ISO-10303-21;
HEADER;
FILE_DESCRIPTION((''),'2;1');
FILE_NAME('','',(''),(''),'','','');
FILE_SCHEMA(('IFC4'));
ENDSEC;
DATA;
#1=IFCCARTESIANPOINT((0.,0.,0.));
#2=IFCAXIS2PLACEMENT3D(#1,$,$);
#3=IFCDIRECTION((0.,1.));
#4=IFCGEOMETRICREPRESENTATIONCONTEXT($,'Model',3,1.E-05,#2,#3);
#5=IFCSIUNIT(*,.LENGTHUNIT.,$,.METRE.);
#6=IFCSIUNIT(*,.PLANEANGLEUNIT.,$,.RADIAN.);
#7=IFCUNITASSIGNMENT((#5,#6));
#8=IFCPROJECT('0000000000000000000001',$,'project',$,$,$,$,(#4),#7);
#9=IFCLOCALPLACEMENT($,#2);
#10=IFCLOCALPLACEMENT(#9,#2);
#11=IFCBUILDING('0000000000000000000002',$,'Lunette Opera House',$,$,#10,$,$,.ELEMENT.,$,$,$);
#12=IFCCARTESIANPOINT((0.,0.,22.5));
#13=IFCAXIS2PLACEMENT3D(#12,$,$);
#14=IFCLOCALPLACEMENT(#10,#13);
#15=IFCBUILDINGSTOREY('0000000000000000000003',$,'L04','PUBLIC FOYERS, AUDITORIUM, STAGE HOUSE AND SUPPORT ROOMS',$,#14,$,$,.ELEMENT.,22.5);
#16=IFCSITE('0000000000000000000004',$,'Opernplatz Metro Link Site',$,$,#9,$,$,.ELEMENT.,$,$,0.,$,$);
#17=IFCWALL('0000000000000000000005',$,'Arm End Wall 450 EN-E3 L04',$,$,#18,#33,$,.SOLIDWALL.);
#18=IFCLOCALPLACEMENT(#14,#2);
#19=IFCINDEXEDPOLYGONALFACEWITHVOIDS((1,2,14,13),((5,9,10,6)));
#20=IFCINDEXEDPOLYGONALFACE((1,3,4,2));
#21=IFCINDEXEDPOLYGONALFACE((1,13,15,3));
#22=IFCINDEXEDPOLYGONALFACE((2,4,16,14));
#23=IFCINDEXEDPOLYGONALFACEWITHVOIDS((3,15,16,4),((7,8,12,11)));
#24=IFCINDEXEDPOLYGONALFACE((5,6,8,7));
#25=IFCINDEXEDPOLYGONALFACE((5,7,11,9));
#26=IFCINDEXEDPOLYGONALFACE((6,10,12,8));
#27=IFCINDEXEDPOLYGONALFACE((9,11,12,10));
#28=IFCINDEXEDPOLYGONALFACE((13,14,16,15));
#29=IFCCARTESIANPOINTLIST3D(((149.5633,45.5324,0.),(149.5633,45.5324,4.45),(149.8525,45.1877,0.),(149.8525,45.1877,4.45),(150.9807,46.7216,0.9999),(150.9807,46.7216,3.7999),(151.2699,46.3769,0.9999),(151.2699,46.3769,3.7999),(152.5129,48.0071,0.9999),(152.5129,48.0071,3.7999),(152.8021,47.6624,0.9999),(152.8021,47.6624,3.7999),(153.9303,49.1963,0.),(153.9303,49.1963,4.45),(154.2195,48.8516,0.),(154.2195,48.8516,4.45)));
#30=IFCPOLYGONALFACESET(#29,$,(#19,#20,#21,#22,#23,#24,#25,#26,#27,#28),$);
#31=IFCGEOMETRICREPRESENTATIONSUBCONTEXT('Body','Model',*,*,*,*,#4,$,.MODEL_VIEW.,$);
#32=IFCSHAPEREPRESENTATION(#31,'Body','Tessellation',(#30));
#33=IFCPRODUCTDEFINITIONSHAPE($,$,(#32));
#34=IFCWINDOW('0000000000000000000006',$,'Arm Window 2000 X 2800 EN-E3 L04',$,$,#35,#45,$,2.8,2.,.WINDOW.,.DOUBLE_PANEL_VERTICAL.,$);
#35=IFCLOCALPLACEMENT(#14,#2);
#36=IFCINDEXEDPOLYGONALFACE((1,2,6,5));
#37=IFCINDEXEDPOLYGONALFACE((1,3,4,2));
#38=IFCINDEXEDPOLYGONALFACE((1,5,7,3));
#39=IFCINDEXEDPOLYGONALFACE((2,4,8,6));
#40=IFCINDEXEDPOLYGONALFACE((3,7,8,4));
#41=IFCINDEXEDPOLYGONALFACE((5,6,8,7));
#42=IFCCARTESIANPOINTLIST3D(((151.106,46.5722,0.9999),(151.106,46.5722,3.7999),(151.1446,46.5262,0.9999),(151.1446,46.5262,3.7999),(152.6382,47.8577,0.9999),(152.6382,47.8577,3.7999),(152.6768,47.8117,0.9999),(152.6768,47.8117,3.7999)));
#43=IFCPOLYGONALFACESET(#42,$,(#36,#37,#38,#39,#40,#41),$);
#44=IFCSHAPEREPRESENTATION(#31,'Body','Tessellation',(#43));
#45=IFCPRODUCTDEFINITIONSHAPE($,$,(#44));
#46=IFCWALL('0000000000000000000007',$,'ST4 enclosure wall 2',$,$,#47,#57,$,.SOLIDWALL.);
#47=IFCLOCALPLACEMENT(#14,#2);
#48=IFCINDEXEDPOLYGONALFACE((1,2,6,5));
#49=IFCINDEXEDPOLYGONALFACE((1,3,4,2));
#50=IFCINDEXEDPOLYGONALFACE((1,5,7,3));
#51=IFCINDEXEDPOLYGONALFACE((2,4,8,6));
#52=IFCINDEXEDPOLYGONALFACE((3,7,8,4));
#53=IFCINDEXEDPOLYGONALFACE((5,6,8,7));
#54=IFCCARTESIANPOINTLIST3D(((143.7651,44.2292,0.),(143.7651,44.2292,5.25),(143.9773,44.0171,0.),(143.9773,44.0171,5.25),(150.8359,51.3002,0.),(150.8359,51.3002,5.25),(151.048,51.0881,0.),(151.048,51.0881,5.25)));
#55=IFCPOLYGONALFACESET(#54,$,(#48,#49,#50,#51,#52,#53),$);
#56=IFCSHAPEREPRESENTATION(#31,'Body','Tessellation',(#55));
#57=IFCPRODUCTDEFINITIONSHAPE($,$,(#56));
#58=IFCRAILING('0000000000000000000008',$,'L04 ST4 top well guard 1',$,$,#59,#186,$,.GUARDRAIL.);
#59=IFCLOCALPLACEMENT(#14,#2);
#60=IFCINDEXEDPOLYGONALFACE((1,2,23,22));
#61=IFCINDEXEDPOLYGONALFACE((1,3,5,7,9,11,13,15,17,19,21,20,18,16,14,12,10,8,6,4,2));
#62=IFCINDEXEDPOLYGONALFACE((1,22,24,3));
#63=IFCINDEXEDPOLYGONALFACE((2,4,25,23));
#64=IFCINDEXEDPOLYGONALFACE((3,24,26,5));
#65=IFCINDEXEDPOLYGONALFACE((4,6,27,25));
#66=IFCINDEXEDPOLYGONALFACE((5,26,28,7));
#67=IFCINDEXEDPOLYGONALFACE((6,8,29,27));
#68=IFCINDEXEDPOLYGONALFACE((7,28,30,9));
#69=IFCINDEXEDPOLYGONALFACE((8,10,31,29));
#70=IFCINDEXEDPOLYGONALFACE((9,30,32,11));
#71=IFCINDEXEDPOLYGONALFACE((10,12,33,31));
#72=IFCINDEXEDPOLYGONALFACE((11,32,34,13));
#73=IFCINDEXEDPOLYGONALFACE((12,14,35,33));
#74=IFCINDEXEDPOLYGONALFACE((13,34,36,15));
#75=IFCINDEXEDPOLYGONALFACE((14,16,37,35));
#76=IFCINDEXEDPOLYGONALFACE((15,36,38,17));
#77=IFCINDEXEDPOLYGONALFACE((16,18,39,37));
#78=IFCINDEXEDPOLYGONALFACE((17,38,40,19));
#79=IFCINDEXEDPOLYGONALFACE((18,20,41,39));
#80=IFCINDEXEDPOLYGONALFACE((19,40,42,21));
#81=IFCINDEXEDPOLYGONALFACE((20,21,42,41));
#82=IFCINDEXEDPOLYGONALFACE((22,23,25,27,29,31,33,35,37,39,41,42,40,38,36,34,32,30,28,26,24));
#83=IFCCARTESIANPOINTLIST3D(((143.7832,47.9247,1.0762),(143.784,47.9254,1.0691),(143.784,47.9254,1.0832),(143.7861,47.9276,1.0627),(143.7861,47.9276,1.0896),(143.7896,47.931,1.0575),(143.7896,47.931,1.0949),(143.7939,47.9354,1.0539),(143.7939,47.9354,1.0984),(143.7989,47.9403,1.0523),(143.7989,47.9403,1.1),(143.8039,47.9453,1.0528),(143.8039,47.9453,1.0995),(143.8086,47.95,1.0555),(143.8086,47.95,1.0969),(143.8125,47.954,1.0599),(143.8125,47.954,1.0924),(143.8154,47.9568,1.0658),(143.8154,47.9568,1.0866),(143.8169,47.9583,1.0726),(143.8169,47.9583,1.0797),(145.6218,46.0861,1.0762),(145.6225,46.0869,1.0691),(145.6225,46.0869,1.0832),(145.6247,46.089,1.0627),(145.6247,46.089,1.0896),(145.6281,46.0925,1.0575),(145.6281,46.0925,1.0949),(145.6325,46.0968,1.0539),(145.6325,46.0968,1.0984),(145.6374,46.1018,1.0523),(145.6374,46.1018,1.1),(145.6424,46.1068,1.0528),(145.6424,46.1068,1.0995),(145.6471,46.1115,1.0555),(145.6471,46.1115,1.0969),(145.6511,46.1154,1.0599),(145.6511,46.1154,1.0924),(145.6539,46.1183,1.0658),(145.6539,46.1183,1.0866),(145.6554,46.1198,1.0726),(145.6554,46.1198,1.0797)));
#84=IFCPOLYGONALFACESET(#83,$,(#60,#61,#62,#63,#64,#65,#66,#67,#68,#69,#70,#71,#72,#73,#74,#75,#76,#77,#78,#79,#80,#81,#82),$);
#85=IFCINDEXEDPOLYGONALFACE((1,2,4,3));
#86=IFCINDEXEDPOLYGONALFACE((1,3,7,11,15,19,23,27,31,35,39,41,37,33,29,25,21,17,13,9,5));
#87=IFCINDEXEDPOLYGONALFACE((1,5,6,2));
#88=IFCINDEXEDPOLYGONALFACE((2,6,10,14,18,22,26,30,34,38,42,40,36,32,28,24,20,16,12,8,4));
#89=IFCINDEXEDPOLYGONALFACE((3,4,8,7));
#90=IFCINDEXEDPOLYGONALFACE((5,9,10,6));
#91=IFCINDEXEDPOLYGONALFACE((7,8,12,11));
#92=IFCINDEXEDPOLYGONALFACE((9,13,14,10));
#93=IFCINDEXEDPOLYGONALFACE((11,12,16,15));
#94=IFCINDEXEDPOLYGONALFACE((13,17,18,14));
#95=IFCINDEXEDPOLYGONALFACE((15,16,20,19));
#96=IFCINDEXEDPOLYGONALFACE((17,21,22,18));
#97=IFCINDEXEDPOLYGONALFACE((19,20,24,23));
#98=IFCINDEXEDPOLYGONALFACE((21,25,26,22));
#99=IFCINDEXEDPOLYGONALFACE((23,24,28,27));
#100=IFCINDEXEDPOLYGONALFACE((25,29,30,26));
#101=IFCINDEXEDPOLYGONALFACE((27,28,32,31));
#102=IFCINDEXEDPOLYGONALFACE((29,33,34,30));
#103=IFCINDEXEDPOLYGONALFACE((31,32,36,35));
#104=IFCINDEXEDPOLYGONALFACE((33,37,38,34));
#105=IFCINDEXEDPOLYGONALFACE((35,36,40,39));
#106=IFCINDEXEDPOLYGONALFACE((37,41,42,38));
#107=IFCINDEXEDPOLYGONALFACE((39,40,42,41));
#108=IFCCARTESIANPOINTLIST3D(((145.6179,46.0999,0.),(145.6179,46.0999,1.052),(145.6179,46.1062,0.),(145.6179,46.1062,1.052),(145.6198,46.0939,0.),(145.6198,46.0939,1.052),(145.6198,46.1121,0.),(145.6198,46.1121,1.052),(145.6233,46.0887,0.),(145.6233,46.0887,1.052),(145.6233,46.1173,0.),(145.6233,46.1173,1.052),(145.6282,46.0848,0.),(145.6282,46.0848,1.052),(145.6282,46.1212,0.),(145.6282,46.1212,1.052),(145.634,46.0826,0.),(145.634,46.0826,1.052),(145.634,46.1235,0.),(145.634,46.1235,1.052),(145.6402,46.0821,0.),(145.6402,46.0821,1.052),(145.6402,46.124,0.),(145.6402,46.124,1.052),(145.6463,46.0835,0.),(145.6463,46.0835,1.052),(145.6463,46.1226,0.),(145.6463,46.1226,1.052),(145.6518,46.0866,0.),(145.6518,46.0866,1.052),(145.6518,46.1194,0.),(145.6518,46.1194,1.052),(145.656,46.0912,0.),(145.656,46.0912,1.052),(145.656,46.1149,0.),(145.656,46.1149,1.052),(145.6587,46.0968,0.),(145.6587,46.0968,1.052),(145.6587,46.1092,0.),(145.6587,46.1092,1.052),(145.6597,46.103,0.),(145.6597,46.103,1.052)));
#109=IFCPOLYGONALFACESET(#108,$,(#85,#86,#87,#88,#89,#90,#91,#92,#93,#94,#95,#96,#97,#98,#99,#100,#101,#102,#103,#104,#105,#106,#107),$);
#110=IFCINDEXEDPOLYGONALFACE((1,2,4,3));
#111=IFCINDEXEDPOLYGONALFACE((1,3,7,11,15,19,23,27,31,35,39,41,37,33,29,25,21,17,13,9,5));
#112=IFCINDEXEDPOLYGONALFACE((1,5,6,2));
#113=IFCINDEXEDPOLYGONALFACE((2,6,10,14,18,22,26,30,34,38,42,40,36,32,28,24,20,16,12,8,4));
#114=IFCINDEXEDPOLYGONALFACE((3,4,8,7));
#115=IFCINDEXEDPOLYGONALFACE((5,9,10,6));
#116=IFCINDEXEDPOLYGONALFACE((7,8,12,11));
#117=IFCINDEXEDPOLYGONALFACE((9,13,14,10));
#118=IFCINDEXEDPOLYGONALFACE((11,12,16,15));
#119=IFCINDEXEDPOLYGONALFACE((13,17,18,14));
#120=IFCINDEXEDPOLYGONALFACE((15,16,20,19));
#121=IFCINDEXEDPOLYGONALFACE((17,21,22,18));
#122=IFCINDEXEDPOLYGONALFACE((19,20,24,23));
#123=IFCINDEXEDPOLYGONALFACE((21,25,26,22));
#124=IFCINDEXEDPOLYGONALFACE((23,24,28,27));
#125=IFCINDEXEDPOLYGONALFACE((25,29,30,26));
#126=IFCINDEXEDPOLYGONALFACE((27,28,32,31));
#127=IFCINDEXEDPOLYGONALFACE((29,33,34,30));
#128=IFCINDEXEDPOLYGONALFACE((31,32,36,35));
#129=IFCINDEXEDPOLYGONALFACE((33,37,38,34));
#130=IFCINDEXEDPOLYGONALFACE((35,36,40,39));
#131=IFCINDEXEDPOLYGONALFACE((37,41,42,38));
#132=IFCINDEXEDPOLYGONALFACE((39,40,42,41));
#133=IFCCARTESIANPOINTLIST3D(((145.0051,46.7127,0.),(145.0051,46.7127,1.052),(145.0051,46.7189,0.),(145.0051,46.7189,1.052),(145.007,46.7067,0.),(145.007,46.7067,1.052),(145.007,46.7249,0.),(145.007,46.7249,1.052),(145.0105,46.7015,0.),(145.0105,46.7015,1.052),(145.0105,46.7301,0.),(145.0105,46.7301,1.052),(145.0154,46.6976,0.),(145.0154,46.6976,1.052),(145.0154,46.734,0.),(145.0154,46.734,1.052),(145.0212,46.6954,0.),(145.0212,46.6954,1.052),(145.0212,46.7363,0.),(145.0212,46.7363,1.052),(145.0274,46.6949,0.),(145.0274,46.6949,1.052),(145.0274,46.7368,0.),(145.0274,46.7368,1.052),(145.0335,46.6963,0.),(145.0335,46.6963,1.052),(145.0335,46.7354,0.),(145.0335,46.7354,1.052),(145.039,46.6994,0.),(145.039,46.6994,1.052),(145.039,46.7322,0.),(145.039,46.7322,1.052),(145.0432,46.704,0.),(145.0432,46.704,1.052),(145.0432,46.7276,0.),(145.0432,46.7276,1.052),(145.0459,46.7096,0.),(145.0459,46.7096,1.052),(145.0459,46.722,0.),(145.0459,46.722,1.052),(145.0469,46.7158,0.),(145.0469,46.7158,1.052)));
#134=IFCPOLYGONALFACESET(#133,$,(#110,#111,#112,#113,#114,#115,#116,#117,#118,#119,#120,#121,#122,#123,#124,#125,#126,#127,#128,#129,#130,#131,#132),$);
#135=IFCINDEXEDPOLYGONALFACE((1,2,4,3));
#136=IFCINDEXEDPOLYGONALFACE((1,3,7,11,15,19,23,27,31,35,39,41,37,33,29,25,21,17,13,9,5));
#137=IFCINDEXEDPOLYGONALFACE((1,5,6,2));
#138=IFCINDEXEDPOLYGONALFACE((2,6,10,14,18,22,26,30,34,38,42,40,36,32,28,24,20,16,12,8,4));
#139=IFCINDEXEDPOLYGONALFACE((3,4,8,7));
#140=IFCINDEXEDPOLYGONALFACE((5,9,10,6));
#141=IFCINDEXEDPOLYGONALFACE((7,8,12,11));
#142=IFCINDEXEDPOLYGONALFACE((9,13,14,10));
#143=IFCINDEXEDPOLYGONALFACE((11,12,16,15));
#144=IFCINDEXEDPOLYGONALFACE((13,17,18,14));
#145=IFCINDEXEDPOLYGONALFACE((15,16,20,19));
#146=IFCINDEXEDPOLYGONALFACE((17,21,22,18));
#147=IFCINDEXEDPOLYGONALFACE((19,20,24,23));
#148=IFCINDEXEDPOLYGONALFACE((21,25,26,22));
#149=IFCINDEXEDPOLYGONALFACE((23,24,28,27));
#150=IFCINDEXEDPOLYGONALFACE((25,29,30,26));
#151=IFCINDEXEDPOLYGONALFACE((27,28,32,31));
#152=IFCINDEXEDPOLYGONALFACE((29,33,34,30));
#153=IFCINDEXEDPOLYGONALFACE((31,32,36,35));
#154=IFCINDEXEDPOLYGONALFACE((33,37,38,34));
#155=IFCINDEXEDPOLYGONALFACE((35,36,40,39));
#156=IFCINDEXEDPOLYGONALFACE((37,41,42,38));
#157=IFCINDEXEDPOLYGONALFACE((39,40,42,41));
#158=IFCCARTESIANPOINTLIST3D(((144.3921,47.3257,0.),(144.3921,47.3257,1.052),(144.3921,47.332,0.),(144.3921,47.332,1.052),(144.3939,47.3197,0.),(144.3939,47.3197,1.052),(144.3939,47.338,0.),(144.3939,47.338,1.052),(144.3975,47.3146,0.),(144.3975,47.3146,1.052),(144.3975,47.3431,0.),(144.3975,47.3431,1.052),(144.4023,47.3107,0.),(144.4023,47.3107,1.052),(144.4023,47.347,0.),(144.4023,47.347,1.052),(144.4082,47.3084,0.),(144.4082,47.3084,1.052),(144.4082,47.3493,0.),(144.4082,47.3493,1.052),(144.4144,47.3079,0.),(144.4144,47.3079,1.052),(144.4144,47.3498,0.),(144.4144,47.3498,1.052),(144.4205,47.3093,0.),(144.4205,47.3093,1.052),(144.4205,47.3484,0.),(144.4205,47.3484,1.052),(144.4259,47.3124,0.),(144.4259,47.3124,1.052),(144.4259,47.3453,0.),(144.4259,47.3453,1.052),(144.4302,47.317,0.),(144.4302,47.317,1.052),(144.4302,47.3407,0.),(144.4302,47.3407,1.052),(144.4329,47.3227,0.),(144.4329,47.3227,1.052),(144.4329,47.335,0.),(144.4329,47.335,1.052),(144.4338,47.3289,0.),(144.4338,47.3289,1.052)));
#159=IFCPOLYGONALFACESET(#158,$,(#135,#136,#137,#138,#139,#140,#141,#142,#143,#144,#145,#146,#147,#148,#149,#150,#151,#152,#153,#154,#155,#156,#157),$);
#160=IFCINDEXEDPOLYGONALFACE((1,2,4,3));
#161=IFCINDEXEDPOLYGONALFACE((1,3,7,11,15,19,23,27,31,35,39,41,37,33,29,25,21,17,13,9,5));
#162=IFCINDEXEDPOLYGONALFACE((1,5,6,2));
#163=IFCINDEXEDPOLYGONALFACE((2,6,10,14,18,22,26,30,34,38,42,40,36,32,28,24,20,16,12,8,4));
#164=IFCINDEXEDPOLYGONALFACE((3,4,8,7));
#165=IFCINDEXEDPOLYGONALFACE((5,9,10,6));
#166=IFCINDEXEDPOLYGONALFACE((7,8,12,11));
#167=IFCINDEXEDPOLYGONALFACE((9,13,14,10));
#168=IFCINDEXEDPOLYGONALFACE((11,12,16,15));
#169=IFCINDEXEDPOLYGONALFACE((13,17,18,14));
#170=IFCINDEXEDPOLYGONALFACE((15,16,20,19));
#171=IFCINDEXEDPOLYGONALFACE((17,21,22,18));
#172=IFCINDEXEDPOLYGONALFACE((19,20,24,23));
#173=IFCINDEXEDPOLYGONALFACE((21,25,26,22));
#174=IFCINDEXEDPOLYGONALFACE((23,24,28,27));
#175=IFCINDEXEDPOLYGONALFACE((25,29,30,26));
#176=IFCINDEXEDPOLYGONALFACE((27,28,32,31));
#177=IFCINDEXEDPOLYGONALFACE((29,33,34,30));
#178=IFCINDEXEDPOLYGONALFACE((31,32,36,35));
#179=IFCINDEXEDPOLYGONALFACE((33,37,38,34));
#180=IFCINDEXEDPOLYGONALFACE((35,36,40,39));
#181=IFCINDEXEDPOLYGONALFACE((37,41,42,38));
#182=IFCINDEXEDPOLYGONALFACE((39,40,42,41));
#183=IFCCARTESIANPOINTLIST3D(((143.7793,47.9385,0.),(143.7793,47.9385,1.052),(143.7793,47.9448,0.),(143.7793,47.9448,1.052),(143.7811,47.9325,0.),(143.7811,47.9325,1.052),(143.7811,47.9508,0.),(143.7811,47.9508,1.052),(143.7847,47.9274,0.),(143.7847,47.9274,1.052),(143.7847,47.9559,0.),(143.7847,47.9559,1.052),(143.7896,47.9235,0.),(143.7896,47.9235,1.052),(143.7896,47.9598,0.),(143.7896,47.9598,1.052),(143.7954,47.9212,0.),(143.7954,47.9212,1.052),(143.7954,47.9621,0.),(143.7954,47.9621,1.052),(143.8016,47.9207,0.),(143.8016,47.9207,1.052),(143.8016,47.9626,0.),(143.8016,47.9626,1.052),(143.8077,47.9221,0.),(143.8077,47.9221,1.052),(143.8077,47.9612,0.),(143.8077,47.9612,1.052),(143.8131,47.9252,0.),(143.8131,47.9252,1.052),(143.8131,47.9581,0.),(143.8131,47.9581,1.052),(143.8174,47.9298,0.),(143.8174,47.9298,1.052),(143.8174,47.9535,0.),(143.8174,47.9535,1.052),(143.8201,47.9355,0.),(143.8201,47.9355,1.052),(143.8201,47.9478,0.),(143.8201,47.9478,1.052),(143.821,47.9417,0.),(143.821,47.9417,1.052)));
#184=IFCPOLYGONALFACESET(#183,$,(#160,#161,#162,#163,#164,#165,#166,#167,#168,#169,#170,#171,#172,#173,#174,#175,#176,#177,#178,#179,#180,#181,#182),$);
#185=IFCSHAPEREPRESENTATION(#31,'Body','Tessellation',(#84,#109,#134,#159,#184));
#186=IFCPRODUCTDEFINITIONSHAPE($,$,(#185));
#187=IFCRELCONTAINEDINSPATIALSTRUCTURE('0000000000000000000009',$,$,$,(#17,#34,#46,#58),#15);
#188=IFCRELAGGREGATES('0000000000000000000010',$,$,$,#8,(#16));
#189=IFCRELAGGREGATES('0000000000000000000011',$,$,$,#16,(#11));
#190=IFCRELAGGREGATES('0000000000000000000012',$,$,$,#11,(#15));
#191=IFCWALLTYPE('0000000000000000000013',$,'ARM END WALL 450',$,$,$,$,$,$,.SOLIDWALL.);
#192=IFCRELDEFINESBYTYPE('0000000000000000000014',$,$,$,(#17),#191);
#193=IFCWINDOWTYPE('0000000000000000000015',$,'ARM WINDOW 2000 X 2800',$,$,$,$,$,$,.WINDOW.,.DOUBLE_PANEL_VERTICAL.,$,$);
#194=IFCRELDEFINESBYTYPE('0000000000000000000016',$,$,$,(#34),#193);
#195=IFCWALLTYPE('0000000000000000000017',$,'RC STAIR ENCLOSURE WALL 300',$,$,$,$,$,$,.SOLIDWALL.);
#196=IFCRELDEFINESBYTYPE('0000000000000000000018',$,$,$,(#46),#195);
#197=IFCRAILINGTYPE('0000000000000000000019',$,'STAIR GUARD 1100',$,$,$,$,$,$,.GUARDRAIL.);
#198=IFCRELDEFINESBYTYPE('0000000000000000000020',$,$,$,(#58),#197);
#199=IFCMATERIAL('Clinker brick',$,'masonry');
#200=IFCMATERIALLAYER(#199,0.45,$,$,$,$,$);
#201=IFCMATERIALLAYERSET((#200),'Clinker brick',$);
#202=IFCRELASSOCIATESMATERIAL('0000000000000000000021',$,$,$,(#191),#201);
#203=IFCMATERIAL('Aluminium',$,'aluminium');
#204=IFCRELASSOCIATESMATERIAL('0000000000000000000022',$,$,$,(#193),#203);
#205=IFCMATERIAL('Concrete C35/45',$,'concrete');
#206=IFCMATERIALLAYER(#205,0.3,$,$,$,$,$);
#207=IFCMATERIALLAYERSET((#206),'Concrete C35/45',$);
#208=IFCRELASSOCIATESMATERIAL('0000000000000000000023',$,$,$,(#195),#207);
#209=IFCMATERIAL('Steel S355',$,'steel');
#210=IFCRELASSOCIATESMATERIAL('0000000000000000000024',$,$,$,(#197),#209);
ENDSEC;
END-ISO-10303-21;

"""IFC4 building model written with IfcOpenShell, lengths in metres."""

from ifc_helpers import new_model, si_unit, direction, frame, frame_2d, origin, origin_2d, place, context, subcontext, project, spatial, rectangle, circle, extrude, material, layer, layer_set, type_object, element, fill, save


model = new_model("IFC4")

# Units and contexts
model_context = context("Model", 3, precision=1e-05, world=origin(), true_north=direction((0.0, 1.0)))
body_context = subcontext(model_context, "Body", "Model", "MODEL_VIEW")
ifc_project = project(units=[si_unit("LENGTHUNIT", "METRE"), si_unit("PLANEANGLEUNIT", "RADIAN")], contexts=[model_context])

# Site, building, storey
site_placement = place(None, origin())
site = spatial("IfcSite", under=ifc_project, at=site_placement, Name="Opernplatz Metro Link Site", CompositionType="ELEMENT", RefElevation=0.0)
building_placement = place(site_placement, origin())
building = spatial("IfcBuilding", under=site, at=building_placement, Name="Lunette Opera House", CompositionType="ELEMENT")
storey_placement = place(building_placement, frame((0.0, 0.0, 22.5)))
storey = spatial("IfcBuildingStorey", under=building, at=storey_placement, Name="L04", Description="PUBLIC FOYERS, AUDITORIUM, STAGE HOUSE AND SUPPORT ROOMS", CompositionType="ELEMENT", Elevation=22.5)

# Wall, opening, window
ifc_material_1 = material(Name="Clinker brick", Category="masonry")
ifc_layer_1 = layer(ifc_material_1, 0.45)
ifc_layer_set_1 = layer_set([ifc_layer_1], Name="Clinker brick")
wall_type_1 = type_object("IfcWallType", Name="ARM END WALL 450", PredefinedType="SOLIDWALL", material=ifc_layer_set_1)
ifc_material_2 = material(Name="Aluminium", Category="aluminium")
window_type = type_object("IfcWindowType", Name="ARM WINDOW 2000 X 2800", PartitioningType="DOUBLE_PANEL_VERTICAL", PredefinedType="WINDOW", material=ifc_material_2)
wall_1_placement = place(storey_placement, frame((149.708, 45.3601, 0.0), z_axis=(0.0, 0.0, 1.0), x_axis=(0.766086, 0.642738, 0.0)))
wall_1 = element("IfcWall", 1, at=wall_1_placement, inside=storey, type_object=wall_type_1, Name="Arm End Wall 450 EN-E3 L04", PredefinedType="SOLIDWALL", context=body_context, shape_type="SweptSolid", body=[
    extrude(rectangle(XDim=5.7004, YDim=0.45, at=frame_2d((2.8501, 0.0))), origin(), (0.0, 0.0, 1.0), 4.45),
])
opening_1_placement = place(wall_1_placement, frame((1.8501, 0.0, 1.0)))
opening_1 = element("IfcOpeningElement", 2, at=opening_1_placement, cuts=wall_1, PredefinedType="OPENING", context=body_context, shape_type="SweptSolid", body=[
    extrude(rectangle(XDim=2.0, YDim=2.8, at=frame_2d((1.0, 1.3999))), frame((0.0, 0.2371, 0.0), z_axis=(0.0, -1.0, 0.0), x_axis=(1.0, 0.0, 0.0)), (0.0, 0.0, 1.0), 0.4739),
])
window_1_placement = place(opening_1_placement, origin())
window_1 = element("IfcWindow", 3, at=window_1_placement, inside=storey, type_object=window_type, Name="Arm Window 2000 X 2800 EN-E3 L04", OverallHeight=2.8, OverallWidth=2.0, PartitioningType="DOUBLE_PANEL_VERTICAL", PredefinedType="WINDOW", context=body_context, shape_type="SweptSolid", body=[
    extrude(rectangle(XDim=2.0, YDim=2.8, at=frame_2d((1.0, 1.3999))), frame((0.0, 0.03, 0.0), z_axis=(0.0, -1.0, 0.0), x_axis=(1.0, 0.0, 0.0)), (0.0, 0.0, 1.0), 0.0601),
])
fill(opening_1, window_1)

# Wall
ifc_material_3 = material(Name="Concrete C35/45", Category="concrete")
ifc_layer_2 = layer(ifc_material_3, 0.3)
ifc_layer_set_2 = layer_set([ifc_layer_2], Name="Concrete C35/45")
wall_type_2 = type_object("IfcWallType", Name="RC STAIR ENCLOSURE WALL 300", PredefinedType="SOLIDWALL", material=ifc_layer_set_2)
wall_2_placement = place(storey_placement, frame((143.8711, 44.123, 0.0), z_axis=(0.0, 0.0, 1.0), x_axis=(0.707095, 0.707119, 0.0)))
element("IfcWall", 4, at=wall_2_placement, inside=storey, type_object=wall_type_2, Name="ST4 enclosure wall 2", PredefinedType="SOLIDWALL", context=body_context, shape_type="SweptSolid", body=[
    extrude(rectangle(XDim=9.9998, YDim=0.3, at=frame_2d((5.0, 0.0))), origin(), (0.0, 0.0, 1.0), 5.25),
])

# Railing
ifc_material_4 = material(Name="Steel S355", Category="steel")
railing_type = type_object("IfcRailingType", Name="STAIR GUARD 1100", PredefinedType="GUARDRAIL", material=ifc_material_4)
railing_placement = place(storey_placement, frame((145.6387, 46.103, 0.0)))
element("IfcRailing", 5, at=railing_placement, inside=storey, type_object=railing_type, Name="L04 ST4 top well guard 1", PredefinedType="GUARDRAIL", context=body_context, shape_type="SweptSolid", body=[
    extrude(circle(Radius=0.0239, at=origin_2d()), frame((0.0, 0.0, 1.0762), z_axis=(-0.707107, 0.707107, 0.0), x_axis=(-0.707107, -0.707107, 0.0)), (0.0, 0.0, 1.0), 2.6001),
    extrude(circle(Radius=0.021, at=origin_2d()), origin(), (0.0, 0.0, 1.0), 1.052),
    extrude(circle(Radius=0.021, at=origin_2d()), frame((-0.6128, 0.6128, 0.0)), (0.0, 0.0, 1.0), 1.052),
    extrude(circle(Radius=0.021, at=origin_2d()), frame((-1.2258, 1.2258, 0.0)), (0.0, 0.0, 1.0), 1.052),
    extrude(circle(Radius=0.021, at=origin_2d()), frame((-1.8386, 1.8386, 0.0)), (0.0, 0.0, 1.0), 1.052),
])

save(model, "model.ifc")
